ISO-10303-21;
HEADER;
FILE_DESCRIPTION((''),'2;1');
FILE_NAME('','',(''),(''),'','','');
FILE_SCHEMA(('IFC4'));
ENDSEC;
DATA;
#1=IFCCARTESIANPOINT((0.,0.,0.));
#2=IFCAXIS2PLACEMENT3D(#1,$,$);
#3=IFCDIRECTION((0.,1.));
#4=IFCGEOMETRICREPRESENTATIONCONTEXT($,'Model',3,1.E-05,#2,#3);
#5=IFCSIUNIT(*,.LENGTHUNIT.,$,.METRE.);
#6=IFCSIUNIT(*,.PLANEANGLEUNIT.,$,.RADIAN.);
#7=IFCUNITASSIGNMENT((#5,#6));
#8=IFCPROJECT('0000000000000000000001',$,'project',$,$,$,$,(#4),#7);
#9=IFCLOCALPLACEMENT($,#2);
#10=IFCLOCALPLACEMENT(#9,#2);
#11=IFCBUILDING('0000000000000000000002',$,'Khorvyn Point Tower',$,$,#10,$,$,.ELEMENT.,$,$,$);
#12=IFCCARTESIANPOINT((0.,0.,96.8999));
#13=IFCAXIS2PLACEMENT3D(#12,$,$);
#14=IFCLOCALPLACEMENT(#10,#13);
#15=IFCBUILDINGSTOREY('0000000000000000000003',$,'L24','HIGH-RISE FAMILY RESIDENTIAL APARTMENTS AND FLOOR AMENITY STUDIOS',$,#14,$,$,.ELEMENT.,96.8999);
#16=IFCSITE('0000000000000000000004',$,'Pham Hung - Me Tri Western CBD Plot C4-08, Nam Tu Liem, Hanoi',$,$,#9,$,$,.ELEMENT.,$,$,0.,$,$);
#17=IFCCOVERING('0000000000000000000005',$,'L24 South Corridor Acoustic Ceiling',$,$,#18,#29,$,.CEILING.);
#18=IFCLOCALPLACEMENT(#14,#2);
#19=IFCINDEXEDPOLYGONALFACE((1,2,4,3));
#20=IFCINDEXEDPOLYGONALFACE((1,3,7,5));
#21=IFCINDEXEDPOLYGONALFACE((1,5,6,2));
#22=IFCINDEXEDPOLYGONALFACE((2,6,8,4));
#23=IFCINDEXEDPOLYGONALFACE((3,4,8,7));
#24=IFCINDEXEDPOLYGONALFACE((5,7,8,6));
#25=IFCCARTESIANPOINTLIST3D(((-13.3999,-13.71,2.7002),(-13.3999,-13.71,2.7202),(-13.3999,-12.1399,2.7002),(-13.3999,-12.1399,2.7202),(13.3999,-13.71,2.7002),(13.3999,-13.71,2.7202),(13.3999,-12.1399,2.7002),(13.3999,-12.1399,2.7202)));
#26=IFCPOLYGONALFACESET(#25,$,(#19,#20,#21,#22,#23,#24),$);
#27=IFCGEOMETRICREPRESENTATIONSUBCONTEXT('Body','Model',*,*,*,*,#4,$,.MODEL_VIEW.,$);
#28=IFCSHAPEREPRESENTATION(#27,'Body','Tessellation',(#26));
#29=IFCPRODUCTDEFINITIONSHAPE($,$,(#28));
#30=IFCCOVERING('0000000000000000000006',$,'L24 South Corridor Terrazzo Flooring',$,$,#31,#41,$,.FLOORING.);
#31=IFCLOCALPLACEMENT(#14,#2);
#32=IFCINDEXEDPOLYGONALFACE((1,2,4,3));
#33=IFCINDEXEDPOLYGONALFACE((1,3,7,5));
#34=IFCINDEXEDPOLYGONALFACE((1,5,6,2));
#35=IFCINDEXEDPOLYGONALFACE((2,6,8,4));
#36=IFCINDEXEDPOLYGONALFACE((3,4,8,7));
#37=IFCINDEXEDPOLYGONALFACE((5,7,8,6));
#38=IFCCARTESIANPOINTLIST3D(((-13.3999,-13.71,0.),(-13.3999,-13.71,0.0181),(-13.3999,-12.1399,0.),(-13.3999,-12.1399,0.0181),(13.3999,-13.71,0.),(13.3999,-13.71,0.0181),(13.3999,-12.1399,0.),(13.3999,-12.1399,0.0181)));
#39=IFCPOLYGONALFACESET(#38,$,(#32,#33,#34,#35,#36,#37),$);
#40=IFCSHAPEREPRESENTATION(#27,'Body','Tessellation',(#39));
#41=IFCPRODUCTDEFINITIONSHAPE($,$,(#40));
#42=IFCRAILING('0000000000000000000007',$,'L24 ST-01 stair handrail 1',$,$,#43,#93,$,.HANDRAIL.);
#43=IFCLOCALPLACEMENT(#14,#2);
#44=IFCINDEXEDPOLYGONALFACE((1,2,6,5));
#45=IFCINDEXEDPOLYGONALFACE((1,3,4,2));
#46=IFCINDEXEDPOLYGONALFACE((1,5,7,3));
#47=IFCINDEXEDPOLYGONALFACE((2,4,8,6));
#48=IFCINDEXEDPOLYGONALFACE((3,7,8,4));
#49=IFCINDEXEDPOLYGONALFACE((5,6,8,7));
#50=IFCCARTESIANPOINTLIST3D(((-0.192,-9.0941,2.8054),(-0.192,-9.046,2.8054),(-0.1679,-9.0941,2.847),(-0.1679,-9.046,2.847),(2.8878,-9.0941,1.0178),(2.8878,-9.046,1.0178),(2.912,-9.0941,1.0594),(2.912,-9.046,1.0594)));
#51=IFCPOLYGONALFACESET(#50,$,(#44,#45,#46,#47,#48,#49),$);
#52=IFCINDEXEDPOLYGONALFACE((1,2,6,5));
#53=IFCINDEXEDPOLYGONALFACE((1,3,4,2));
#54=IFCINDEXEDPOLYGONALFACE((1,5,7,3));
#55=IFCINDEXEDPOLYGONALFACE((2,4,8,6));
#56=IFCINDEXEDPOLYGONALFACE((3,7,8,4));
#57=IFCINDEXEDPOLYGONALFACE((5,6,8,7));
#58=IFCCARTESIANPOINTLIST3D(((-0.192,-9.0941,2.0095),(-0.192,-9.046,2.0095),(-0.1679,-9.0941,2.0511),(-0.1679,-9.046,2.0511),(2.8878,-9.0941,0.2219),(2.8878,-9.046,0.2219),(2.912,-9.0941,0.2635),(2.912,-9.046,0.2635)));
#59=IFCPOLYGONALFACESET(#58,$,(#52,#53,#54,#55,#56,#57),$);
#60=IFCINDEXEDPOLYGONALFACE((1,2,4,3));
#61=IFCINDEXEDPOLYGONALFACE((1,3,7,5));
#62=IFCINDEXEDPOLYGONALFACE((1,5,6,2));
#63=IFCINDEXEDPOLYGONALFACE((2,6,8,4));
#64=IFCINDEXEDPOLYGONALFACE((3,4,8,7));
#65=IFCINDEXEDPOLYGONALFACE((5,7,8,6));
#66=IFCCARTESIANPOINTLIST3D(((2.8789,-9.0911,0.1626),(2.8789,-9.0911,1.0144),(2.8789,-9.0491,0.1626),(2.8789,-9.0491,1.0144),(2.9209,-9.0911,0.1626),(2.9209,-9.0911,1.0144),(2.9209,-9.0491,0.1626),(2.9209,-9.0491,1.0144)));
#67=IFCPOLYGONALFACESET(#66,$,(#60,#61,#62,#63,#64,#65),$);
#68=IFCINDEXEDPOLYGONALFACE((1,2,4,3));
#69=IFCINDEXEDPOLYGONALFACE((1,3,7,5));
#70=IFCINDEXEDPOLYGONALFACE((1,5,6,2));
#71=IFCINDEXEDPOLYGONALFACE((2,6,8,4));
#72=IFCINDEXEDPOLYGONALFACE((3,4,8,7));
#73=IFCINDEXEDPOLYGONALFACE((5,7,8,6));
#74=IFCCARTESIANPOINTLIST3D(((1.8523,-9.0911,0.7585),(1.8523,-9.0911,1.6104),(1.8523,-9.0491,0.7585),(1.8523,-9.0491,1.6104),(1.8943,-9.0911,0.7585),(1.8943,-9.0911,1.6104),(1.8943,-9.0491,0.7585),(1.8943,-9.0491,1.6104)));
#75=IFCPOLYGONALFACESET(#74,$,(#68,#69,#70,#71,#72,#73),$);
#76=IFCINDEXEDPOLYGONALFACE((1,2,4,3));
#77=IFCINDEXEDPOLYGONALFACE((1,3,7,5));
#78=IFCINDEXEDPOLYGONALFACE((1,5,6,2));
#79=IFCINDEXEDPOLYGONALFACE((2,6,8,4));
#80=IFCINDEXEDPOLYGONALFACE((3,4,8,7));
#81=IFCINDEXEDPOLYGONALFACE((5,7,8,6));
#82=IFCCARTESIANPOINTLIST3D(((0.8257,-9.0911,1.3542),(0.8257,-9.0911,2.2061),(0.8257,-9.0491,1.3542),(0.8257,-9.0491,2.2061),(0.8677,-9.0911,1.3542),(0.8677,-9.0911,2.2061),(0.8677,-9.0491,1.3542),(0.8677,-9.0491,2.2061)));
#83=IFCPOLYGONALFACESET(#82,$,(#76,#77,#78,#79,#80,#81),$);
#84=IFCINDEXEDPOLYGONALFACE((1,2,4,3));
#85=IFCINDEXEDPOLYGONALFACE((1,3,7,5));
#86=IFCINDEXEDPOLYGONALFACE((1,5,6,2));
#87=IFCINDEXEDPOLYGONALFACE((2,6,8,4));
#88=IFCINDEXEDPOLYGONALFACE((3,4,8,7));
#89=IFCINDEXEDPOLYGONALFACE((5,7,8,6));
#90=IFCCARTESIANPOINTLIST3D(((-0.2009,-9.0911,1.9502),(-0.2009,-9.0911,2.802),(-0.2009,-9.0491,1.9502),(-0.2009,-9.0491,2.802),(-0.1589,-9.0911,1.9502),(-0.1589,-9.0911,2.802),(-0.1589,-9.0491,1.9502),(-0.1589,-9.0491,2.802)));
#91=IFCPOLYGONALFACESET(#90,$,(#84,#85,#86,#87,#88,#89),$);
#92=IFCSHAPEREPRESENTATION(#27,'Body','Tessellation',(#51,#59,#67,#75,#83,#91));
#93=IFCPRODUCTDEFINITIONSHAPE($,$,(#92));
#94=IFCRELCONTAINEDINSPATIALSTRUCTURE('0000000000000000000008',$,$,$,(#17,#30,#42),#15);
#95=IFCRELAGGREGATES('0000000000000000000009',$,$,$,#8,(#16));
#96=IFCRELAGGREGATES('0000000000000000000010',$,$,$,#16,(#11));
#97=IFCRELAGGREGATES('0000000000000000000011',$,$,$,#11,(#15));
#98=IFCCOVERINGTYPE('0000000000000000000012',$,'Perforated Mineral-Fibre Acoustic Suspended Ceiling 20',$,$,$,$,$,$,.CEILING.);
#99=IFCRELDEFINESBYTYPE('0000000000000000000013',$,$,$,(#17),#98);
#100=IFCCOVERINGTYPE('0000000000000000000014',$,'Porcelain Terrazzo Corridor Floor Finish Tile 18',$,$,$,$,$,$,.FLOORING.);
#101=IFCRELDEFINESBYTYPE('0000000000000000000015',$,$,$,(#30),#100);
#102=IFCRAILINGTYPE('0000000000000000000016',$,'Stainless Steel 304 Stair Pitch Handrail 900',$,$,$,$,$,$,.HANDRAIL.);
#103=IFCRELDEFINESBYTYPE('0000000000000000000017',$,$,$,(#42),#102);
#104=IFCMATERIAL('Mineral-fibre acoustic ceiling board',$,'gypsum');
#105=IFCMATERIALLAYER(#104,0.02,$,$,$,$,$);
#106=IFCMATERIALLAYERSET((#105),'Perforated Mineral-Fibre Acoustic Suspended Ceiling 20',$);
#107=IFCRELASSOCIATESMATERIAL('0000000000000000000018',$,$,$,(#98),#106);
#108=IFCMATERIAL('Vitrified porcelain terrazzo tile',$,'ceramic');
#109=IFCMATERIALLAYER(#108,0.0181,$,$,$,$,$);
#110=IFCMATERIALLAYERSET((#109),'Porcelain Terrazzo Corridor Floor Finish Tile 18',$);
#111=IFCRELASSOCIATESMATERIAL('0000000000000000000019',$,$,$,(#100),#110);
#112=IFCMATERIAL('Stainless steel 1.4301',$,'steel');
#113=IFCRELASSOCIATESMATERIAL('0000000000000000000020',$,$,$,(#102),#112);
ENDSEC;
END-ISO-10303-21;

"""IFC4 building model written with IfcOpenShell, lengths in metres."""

from ifc_helpers import new_model, si_unit, direction, frame, origin, origin_2d, place, context, subcontext, project, spatial, polyline, rectangle, outline, extrude, material, layer, layer_set, type_object, element, save


model = new_model("IFC4")

# Units and contexts
model_context = context("Model", 3, precision=1e-05, world=origin(), true_north=direction((0.0, 1.0)))
body_context = subcontext(model_context, "Body", "Model", "MODEL_VIEW")
ifc_project = project(units=[si_unit("LENGTHUNIT", "METRE"), si_unit("PLANEANGLEUNIT", "RADIAN")], contexts=[model_context])

# Site, building, storey
site_placement = place(None, origin())
site = spatial("IfcSite", under=ifc_project, at=site_placement, Name="Pham Hung - Me Tri Western CBD Plot C4-08, Nam Tu Liem, Hanoi", CompositionType="ELEMENT", RefElevation=0.0)
building_placement = place(site_placement, origin())
building = spatial("IfcBuilding", under=site, at=building_placement, Name="Khorvyn Point Tower", CompositionType="ELEMENT")
storey_placement = place(building_placement, frame((0.0, 0.0, 96.8999)))
storey = spatial("IfcBuildingStorey", under=building, at=storey_placement, Name="L24", Description="HIGH-RISE FAMILY RESIDENTIAL APARTMENTS AND FLOOR AMENITY STUDIOS", CompositionType="ELEMENT", Elevation=96.8999)

# Shared definitions
ifc_material_1 = material(Name="Stainless steel 1.4301", Category="steel")

# Coverings
ifc_material_2 = material(Name="Mineral-fibre acoustic ceiling board", Category="gypsum")
ifc_layer_1 = layer(ifc_material_2, 0.02)
ifc_layer_set_1 = layer_set([ifc_layer_1], Name="Perforated Mineral-Fibre Acoustic Suspended Ceiling 20")
covering_type_1 = type_object("IfcCoveringType", Name="Perforated Mineral-Fibre Acoustic Suspended Ceiling 20", PredefinedType="CEILING", material=ifc_layer_set_1)
covering_1_placement = place(storey_placement, frame((0.0, 0.0, 2.7002)))
element("IfcCovering", 1, at=covering_1_placement, inside=storey, type_object=covering_type_1, Name="L24 South Corridor Acoustic Ceiling", PredefinedType="CEILING", context=body_context, shape_type="SweptSolid", body=[
    extrude(outline(polyline([(-13.3999, -13.71), (13.3999, -13.71), (13.3999, -12.1399), (-13.3999, -12.1399), (-13.3999, -13.71)])), origin(), (0.0, 0.0, 1.0), 0.02),
])
ifc_material_3 = material(Name="Vitrified porcelain terrazzo tile", Category="ceramic")
ifc_layer_2 = layer(ifc_material_3, 0.0181)
ifc_layer_set_2 = layer_set([ifc_layer_2], Name="Porcelain Terrazzo Corridor Floor Finish Tile 18")
covering_type_2 = type_object("IfcCoveringType", Name="Porcelain Terrazzo Corridor Floor Finish Tile 18", PredefinedType="FLOORING", material=ifc_layer_set_2)
covering_2_placement = place(storey_placement, origin())
element("IfcCovering", 2, at=covering_2_placement, inside=storey, type_object=covering_type_2, Name="L24 South Corridor Terrazzo Flooring", PredefinedType="FLOORING", context=body_context, shape_type="SweptSolid", body=[
    extrude(outline(polyline([(-13.3999, -13.71), (13.3999, -13.71), (13.3999, -12.1399), (-13.3999, -12.1399), (-13.3999, -13.71)])), origin(), (0.0, 0.0, 1.0), 0.0181),
])

# Railing
railing_type_1 = type_object("IfcRailingType", Name="Stainless Steel 304 Stair Pitch Handrail 900", PredefinedType="HANDRAIL", material=ifc_material_1)
railing_1_placement = place(storey_placement, frame((2.8999, -9.0701, 0.1626)))
element("IfcRailing", 3, at=railing_1_placement, inside=storey, type_object=railing_type_1, Name="L24 ST-01 stair handrail 1", PredefinedType="HANDRAIL", context=body_context, shape_type="SweptSolid", body=[
    extrude(rectangle(XDim=0.0481, YDim=0.0481, at=origin_2d()), frame((0.0, 0.0, 0.876), z_axis=(-0.864873, 0.0, 0.50199), x_axis=(0.0, -1.0, 0.0)), (0.0, 0.0, 1.0), 3.561),
    extrude(rectangle(XDim=0.0481, YDim=0.0481, at=origin_2d()), frame((0.0, 0.0, 0.0801), z_axis=(-0.864873, 0.0, 0.50199), x_axis=(0.0, -1.0, 0.0)), (0.0, 0.0, 1.0), 3.561),
    extrude(rectangle(XDim=0.042, YDim=0.042, at=origin_2d()), origin(), (0.0, 0.0, 1.0), 0.8518),
    extrude(rectangle(XDim=0.042, YDim=0.042, at=origin_2d()), frame((-1.0266, 0.0, 0.5959)), (0.0, 0.0, 1.0), 0.8518),
    extrude(rectangle(XDim=0.042, YDim=0.042, at=origin_2d()), frame((-2.0532, 0.0, 1.1917)), (0.0, 0.0, 1.0), 0.8518),
    extrude(rectangle(XDim=0.042, YDim=0.042, at=origin_2d()), frame((-3.0798, 0.0, 1.7876)), (0.0, 0.0, 1.0), 0.8518),
])

save(model, "model.ifc")
